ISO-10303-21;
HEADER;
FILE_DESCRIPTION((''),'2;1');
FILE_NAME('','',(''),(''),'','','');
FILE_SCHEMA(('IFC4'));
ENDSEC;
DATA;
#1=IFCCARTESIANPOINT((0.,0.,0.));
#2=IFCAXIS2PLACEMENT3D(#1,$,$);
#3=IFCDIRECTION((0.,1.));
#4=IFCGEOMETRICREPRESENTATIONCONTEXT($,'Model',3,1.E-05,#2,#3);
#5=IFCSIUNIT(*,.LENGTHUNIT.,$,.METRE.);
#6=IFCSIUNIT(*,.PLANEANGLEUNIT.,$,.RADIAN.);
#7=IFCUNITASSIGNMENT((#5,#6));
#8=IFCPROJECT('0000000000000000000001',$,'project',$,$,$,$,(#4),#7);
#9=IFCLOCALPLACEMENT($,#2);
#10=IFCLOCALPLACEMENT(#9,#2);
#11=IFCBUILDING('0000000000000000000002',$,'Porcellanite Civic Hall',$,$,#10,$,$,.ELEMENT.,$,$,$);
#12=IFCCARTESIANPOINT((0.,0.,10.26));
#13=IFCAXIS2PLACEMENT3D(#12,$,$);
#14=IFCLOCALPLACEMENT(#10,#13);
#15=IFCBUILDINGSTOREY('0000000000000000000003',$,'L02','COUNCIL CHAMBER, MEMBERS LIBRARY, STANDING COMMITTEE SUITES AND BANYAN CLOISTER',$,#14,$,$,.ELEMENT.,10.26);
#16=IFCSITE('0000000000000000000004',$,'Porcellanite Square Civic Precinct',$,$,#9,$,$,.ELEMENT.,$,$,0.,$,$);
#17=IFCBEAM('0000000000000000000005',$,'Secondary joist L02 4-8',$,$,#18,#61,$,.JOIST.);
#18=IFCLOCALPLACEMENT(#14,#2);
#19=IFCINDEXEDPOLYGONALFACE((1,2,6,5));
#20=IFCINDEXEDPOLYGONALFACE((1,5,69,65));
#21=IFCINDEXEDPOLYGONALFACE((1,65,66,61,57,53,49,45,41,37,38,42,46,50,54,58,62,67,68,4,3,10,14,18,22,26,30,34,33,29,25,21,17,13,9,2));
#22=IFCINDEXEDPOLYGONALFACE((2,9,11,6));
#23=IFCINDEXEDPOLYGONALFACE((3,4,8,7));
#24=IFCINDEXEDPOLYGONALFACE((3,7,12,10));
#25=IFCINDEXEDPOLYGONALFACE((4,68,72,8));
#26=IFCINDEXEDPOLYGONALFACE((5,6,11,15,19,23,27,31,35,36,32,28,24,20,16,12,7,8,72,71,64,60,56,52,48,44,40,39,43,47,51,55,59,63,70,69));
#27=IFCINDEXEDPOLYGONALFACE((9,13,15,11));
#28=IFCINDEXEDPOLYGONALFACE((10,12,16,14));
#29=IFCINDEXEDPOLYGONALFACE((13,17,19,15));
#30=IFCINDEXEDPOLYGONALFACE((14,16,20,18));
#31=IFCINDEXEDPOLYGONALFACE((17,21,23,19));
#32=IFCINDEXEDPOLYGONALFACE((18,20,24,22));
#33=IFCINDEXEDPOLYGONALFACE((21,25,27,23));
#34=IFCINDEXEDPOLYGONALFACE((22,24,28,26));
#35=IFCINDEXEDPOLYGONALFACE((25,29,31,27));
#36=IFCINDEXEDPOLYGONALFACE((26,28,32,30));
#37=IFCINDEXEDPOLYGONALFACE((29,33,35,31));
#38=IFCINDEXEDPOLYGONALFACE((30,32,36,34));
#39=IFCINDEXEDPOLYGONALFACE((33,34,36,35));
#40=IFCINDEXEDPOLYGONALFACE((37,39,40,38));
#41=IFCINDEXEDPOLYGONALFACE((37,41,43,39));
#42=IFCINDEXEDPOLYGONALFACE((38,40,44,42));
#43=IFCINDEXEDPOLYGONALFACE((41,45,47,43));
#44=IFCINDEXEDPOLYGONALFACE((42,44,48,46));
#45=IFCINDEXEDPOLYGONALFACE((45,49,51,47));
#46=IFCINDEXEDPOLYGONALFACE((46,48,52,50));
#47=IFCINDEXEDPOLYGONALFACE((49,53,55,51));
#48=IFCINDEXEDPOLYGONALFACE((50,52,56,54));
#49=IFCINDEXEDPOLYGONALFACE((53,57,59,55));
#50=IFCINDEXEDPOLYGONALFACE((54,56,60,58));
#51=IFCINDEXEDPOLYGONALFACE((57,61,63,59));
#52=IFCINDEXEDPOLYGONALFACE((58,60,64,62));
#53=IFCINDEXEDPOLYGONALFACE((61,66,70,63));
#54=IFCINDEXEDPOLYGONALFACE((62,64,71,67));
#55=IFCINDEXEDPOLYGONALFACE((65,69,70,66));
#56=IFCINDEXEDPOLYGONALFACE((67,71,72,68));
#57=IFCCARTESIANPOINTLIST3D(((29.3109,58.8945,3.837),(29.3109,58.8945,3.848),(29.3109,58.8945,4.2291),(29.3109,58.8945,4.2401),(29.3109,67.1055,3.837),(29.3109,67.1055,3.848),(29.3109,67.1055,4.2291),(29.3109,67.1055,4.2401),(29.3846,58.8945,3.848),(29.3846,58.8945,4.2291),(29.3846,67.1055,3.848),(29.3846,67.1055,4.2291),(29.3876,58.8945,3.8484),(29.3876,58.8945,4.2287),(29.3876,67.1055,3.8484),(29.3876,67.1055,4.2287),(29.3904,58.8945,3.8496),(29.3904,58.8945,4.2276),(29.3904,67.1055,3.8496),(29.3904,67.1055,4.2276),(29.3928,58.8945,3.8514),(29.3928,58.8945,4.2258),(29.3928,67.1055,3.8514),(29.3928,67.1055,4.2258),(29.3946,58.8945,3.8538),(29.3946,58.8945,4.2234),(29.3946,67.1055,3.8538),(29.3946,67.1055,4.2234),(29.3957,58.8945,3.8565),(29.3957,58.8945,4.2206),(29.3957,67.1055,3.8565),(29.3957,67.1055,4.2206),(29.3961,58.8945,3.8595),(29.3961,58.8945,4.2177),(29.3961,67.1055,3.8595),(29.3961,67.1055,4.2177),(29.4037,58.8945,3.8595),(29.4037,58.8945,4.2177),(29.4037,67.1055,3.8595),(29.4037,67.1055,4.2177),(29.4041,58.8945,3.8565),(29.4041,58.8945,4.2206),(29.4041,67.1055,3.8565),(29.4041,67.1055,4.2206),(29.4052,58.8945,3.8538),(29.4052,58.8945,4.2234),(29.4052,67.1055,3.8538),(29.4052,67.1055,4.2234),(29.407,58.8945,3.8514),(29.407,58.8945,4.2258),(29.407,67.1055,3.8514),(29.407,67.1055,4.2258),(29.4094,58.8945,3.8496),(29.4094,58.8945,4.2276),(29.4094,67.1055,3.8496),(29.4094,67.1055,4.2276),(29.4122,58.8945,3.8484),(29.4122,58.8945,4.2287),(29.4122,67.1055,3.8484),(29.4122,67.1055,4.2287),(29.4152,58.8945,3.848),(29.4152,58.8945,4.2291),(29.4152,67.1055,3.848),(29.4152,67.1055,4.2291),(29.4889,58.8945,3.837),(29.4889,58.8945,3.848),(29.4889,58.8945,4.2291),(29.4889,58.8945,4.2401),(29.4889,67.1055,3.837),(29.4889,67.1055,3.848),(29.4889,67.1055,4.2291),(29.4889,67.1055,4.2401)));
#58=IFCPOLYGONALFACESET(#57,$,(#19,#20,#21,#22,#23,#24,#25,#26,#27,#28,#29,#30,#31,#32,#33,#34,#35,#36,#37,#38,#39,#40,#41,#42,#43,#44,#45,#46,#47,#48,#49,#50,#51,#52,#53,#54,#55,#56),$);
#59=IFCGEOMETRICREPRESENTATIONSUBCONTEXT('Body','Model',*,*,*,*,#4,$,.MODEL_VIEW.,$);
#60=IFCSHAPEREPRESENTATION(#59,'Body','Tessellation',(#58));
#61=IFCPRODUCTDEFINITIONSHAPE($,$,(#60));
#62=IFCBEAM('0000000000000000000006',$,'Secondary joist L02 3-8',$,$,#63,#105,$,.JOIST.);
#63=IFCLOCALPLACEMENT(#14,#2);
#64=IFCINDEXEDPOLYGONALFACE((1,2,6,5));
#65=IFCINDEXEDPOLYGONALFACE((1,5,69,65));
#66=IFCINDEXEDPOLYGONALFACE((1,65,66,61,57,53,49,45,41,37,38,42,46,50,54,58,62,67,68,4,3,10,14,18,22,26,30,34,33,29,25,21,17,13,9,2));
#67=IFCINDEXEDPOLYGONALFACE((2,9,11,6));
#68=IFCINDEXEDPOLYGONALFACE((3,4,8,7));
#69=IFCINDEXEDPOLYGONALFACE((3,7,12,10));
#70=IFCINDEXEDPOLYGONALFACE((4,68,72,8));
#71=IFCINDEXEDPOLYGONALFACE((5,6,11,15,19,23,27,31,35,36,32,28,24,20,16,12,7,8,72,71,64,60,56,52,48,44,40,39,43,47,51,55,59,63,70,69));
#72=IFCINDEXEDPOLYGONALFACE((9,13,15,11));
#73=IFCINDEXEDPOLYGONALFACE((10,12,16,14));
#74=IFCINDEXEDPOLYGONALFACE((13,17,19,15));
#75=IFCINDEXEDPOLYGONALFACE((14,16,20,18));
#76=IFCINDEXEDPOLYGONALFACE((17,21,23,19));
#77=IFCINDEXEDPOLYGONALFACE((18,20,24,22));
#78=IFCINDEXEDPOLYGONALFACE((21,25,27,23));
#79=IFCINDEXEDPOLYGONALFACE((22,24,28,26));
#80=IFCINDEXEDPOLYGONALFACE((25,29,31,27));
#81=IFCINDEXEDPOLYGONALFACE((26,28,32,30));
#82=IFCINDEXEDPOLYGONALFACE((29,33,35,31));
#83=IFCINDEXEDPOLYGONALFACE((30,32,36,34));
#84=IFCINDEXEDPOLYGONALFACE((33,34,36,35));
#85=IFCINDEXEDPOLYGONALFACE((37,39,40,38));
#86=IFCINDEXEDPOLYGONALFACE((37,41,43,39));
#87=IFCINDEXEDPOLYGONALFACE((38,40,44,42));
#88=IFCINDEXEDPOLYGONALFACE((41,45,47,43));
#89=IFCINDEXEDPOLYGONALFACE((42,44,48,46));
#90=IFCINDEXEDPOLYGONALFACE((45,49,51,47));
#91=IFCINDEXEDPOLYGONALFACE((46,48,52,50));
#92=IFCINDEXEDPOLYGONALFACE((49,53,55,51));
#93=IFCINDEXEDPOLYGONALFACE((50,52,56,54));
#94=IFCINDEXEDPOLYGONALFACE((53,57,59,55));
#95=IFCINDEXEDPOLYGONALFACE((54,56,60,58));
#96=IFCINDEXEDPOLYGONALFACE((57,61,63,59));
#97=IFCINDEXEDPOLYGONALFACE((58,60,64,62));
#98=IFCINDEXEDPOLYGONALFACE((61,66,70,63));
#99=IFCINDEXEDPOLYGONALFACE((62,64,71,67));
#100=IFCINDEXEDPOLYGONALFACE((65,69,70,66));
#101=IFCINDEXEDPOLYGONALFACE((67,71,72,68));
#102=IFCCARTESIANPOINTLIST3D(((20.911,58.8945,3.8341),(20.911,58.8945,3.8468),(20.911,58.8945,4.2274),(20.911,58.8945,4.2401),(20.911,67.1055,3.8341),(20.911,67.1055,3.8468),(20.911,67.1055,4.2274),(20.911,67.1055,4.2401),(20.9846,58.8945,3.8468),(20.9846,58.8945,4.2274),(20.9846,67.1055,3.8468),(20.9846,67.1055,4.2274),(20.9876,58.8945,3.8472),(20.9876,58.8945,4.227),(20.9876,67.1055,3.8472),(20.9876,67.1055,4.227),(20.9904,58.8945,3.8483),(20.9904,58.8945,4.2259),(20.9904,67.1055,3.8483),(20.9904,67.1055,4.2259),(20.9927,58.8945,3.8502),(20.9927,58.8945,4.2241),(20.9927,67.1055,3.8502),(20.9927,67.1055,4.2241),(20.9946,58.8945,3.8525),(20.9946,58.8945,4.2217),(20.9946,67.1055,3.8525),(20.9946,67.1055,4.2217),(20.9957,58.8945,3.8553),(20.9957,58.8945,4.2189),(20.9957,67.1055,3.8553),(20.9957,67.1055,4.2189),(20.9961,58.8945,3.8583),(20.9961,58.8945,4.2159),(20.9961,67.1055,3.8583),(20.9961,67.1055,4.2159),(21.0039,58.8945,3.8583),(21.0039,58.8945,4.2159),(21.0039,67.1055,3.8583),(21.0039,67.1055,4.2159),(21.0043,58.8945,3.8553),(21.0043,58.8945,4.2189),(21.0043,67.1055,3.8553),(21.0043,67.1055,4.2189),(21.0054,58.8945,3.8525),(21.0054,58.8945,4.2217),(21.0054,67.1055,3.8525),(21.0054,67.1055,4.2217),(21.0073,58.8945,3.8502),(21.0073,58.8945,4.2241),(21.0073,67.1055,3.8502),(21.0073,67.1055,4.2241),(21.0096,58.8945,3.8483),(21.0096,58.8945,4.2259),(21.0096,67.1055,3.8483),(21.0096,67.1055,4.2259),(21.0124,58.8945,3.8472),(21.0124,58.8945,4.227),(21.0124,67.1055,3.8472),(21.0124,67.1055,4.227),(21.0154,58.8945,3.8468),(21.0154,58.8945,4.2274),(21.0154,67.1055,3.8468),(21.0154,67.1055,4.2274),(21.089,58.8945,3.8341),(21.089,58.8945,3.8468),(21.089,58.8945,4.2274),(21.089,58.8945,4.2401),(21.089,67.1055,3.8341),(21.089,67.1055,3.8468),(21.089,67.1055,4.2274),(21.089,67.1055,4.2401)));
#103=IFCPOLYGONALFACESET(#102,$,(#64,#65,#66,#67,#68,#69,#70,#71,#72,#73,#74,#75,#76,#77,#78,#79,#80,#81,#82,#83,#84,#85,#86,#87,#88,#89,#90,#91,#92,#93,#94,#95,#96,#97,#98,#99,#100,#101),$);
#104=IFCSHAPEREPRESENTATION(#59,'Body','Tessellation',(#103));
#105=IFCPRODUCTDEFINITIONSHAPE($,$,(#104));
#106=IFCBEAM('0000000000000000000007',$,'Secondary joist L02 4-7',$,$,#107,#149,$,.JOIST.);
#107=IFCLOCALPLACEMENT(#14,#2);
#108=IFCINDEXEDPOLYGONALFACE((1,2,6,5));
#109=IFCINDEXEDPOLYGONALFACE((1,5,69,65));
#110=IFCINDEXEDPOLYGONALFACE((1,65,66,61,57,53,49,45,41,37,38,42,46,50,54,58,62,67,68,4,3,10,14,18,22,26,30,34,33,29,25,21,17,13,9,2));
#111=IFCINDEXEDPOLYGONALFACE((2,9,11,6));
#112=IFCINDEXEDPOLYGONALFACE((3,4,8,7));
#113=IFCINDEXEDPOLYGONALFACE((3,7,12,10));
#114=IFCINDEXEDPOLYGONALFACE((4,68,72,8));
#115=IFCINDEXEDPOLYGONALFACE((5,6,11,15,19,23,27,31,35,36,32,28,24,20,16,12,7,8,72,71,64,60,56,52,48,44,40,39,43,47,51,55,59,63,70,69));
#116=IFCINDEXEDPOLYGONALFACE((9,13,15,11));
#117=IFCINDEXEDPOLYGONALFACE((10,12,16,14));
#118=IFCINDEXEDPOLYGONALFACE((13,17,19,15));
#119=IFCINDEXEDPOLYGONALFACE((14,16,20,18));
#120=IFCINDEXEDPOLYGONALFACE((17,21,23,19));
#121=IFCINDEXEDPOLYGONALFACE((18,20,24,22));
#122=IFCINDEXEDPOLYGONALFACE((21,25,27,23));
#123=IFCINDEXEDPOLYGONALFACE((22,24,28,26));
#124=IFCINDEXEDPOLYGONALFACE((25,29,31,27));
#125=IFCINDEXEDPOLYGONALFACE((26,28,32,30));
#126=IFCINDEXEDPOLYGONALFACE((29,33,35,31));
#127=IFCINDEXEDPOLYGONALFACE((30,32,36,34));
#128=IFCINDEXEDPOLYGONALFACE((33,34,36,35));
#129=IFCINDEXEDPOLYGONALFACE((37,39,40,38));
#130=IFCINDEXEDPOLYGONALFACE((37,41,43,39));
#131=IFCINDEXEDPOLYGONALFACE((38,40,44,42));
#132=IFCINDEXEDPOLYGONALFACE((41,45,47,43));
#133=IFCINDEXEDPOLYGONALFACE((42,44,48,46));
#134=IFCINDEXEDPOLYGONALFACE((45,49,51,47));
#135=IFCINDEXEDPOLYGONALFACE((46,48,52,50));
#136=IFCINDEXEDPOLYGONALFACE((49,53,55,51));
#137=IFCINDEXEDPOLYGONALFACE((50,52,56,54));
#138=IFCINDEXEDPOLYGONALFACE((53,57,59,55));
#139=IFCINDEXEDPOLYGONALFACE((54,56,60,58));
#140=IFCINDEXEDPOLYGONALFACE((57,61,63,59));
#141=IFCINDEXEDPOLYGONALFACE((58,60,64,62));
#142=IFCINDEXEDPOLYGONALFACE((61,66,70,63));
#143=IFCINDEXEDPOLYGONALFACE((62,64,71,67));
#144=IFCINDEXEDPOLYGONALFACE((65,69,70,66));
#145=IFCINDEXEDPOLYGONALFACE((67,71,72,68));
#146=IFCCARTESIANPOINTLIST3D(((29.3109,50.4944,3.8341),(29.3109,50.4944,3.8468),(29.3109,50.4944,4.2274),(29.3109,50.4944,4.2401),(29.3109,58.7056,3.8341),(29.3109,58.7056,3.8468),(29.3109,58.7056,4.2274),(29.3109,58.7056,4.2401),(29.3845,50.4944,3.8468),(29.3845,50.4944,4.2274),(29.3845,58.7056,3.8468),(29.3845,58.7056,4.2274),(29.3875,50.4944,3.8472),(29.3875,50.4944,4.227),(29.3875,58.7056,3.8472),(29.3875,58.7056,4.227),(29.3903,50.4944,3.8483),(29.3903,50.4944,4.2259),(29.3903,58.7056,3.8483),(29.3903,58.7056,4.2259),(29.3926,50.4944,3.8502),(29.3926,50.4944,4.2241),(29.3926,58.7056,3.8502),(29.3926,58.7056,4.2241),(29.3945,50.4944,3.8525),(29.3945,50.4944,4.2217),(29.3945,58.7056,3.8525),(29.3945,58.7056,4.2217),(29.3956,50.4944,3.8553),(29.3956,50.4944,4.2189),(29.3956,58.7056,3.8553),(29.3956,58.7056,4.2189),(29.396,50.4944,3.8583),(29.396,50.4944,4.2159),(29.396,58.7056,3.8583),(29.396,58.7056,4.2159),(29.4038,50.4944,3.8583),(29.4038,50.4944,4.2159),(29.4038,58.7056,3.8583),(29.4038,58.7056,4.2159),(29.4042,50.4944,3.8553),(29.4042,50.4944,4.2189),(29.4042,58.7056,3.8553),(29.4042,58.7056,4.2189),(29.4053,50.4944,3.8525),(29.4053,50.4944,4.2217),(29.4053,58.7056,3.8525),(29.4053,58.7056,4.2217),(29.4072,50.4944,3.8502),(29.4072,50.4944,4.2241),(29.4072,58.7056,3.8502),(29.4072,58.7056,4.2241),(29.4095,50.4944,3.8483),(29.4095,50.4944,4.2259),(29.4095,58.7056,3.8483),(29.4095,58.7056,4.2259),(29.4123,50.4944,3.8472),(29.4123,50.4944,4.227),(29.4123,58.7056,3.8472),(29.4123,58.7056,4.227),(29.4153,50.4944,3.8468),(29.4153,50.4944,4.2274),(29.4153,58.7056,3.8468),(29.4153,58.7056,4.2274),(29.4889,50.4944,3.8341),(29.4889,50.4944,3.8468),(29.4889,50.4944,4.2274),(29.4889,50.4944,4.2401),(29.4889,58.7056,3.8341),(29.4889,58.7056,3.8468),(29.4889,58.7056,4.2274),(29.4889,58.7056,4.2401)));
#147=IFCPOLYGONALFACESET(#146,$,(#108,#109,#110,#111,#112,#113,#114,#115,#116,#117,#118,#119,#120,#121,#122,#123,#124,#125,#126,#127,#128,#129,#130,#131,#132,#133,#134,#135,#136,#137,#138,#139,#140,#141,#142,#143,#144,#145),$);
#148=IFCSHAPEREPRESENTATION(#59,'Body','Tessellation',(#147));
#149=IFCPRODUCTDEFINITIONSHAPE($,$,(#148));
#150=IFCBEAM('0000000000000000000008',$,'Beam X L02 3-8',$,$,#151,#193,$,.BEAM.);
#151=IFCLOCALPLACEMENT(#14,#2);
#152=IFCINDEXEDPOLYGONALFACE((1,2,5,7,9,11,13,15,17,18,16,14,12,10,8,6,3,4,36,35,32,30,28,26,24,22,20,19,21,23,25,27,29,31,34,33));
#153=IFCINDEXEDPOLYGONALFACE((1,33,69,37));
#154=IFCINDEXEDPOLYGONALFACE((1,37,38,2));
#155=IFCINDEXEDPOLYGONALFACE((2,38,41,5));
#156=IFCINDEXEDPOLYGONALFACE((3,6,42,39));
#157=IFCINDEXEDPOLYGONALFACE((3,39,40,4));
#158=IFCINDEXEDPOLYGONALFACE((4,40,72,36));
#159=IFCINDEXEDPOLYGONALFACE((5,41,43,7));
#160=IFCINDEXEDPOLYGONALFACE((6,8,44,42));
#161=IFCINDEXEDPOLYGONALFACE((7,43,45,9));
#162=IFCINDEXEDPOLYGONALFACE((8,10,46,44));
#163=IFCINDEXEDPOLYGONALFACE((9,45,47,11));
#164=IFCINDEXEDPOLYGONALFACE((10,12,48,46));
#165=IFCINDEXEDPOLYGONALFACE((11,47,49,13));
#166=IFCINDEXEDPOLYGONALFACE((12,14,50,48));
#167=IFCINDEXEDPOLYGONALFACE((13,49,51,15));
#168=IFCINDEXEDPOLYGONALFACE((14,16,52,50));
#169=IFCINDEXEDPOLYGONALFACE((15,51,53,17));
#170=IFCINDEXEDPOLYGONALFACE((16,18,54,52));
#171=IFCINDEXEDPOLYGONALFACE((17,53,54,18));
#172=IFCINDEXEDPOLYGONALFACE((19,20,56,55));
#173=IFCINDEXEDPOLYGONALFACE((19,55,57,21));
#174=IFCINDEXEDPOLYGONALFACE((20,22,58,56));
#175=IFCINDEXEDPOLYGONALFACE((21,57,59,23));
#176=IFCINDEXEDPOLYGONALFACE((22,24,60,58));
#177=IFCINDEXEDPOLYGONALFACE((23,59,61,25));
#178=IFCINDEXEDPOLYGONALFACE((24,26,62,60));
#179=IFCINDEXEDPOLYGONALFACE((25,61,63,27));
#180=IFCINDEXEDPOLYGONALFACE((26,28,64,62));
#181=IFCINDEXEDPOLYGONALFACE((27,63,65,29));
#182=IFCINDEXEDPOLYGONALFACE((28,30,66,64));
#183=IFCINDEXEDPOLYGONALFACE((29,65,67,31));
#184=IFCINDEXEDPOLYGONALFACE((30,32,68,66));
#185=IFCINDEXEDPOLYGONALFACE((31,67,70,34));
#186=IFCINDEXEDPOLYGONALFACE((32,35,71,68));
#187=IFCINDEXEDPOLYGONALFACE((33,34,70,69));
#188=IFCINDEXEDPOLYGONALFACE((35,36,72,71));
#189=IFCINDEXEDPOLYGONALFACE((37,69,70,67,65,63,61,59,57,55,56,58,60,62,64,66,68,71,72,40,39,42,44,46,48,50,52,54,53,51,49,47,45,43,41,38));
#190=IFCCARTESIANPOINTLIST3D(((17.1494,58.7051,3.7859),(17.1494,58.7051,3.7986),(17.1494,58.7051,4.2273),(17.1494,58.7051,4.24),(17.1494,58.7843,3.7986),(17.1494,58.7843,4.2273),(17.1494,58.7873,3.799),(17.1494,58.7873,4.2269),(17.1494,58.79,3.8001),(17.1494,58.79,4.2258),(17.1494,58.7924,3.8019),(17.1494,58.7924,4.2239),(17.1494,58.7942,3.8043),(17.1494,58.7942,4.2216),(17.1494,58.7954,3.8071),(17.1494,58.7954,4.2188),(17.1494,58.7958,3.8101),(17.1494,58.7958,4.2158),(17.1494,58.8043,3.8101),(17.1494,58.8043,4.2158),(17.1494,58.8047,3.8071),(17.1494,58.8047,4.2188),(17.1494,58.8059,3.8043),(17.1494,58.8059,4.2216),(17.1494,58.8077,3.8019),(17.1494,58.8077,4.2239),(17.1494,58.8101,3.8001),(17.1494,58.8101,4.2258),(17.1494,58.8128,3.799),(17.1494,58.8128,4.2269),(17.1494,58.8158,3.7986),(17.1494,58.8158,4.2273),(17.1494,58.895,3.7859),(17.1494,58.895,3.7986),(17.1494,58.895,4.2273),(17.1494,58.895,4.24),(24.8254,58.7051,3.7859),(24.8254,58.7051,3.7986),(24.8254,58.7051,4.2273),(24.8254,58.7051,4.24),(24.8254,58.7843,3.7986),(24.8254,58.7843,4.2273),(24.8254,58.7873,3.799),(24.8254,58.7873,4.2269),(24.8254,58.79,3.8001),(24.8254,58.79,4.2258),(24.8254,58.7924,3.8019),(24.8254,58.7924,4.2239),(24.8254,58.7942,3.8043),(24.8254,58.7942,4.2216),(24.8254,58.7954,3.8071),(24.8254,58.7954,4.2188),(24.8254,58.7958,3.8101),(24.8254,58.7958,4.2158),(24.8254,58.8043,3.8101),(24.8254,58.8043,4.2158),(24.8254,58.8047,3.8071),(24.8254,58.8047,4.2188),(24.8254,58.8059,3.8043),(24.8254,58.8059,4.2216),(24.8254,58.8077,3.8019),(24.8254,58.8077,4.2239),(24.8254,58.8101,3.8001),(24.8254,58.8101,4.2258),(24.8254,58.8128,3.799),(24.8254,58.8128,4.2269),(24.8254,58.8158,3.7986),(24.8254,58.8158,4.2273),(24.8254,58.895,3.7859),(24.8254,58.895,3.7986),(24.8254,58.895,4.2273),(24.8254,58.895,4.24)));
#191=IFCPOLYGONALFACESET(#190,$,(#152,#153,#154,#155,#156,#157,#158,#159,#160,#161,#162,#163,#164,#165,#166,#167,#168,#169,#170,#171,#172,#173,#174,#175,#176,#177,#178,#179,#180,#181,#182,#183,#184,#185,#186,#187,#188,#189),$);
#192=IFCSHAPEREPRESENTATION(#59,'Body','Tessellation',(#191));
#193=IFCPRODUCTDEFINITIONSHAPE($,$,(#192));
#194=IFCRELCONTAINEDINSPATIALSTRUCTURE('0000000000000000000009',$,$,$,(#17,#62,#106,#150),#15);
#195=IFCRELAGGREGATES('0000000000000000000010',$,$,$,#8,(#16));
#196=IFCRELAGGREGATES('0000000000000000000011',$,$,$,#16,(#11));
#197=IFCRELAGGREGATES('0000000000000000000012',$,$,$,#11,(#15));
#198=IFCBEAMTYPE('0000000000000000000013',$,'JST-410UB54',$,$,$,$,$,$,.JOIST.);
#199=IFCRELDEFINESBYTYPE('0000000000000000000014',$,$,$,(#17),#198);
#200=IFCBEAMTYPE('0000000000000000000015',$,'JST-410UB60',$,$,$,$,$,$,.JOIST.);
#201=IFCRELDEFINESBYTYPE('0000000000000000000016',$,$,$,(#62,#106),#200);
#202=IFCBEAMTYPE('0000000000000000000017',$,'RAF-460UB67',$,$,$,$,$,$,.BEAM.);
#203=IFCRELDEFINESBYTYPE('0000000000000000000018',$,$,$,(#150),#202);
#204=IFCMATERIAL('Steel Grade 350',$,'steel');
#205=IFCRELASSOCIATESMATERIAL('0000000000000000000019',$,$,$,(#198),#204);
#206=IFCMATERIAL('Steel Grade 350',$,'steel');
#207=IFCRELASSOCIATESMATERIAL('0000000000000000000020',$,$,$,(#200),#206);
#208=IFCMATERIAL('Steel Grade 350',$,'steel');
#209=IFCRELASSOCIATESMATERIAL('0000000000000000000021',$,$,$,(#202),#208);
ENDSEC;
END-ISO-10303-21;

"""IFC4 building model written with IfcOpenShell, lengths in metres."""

from ifc_helpers import new_model, si_unit, direction, frame, origin, origin_2d, place, context, subcontext, project, spatial, i_section, extrude, material, material_profile, profile_set, type_object, element, save


model = new_model("IFC4")

# Units and contexts
model_context = context("Model", 3, precision=1e-05, world=origin(), true_north=direction((0.0, 1.0)))
body_context = subcontext(model_context, "Body", "Model", "MODEL_VIEW")
ifc_project = project(units=[si_unit("LENGTHUNIT", "METRE"), si_unit("PLANEANGLEUNIT", "RADIAN")], contexts=[model_context])

# Site, building, storey
site_placement = place(None, origin())
site = spatial("IfcSite", under=ifc_project, at=site_placement, Name="Porcellanite Square Civic Precinct", CompositionType="ELEMENT", RefElevation=0.0)
building_placement = place(site_placement, origin())
building = spatial("IfcBuilding", under=site, at=building_placement, Name="Porcellanite Civic Hall", CompositionType="ELEMENT")
storey_placement = place(building_placement, frame((0.0, 0.0, 10.26)))
storey = spatial("IfcBuildingStorey", under=building, at=storey_placement, Name="L02", Description="COUNCIL CHAMBER, MEMBERS LIBRARY, STANDING COMMITTEE SUITES AND BANYAN CLOISTER", CompositionType="ELEMENT", Elevation=10.26)

# Beams
ifc_material_1 = material(Name="Steel Grade 350", Category="steel")
ifc_material_profile_1 = material_profile(ifc_material_1, i_section(OverallWidth=0.178, OverallDepth=0.4031, WebThickness=0.0076, FlangeThickness=0.011, FilletRadius=0.0115, at=origin_2d()), Name="410UB53.7")
ifc_profile_set_1 = profile_set([ifc_material_profile_1], Name="Steel Grade 350")
beam_type_1 = type_object("IfcBeamType", Name="JST-410UB54", PredefinedType="JOIST", material=ifc_profile_set_1)
beam_1_placement = place(storey_placement, frame((29.3999, 58.8945, 4.0386), z_axis=(0.0, 1.0, 0.0), x_axis=(-1.0, 0.0, 0.0)))
element("IfcBeam", 1, at=beam_1_placement, inside=storey, type_object=beam_type_1, Name="Secondary joist L02 4-8", PredefinedType="JOIST", context=body_context, shape_type="SweptSolid", body=[
    extrude(i_section(OverallWidth=0.178, OverallDepth=0.4031, WebThickness=0.0076, FlangeThickness=0.011, FilletRadius=0.0115, at=origin_2d()), origin(), (0.0, 0.0, 1.0), 8.2109),
])
ifc_material_2 = material(Name="Steel Grade 350", Category="steel")
ifc_material_profile_2 = material_profile(ifc_material_2, i_section(OverallWidth=0.178, OverallDepth=0.406, WebThickness=0.0078, FlangeThickness=0.0127, FilletRadius=0.0115, at=origin_2d()), Name="410UB59.7")
ifc_profile_set_2 = profile_set([ifc_material_profile_2], Name="Steel Grade 350")
beam_type_2 = type_object("IfcBeamType", Name="JST-410UB60", PredefinedType="JOIST", material=ifc_profile_set_2)
beam_2_placement = place(storey_placement, frame((21.0, 58.8945, 4.0371), z_axis=(0.0, 1.0, 0.0), x_axis=(-1.0, 0.0, 0.0)))
element("IfcBeam", 2, at=beam_2_placement, inside=storey, type_object=beam_type_2, Name="Secondary joist L02 3-8", PredefinedType="JOIST", context=body_context, shape_type="SweptSolid", body=[
    extrude(i_section(OverallWidth=0.178, OverallDepth=0.406, WebThickness=0.0078, FlangeThickness=0.0127, FilletRadius=0.0115, at=origin_2d()), origin(), (0.0, 0.0, 1.0), 8.2109),
])
beam_3_placement = place(storey_placement, frame((29.3999, 50.4944, 4.0371), z_axis=(0.0, 1.0, 0.0), x_axis=(-1.0, 0.0, 0.0)))
element("IfcBeam", 3, at=beam_3_placement, inside=storey, type_object=beam_type_2, Name="Secondary joist L02 4-7", PredefinedType="JOIST", context=body_context, shape_type="SweptSolid", body=[
    extrude(i_section(OverallWidth=0.178, OverallDepth=0.406, WebThickness=0.0078, FlangeThickness=0.0127, FilletRadius=0.0115, at=origin_2d()), origin(), (0.0, 0.0, 1.0), 8.2112),
])
ifc_material_3 = material(Name="Steel Grade 350", Category="steel")
ifc_material_profile_3 = material_profile(ifc_material_3, i_section(OverallWidth=0.1899, OverallDepth=0.4541, WebThickness=0.0085, FlangeThickness=0.0127, FilletRadius=0.0115, at=origin_2d()), Name="460UB67.1")
ifc_profile_set_3 = profile_set([ifc_material_profile_3], Name="Steel Grade 350")
beam_type_3 = type_object("IfcBeamType", Name="RAF-460UB67", PredefinedType="BEAM", material=ifc_profile_set_3)
for number, where, z_axis, x_axis, name in (
    (4, (17.1494, 58.8, 4.0129), (1.0, 0.0, 0.0), (0.0, 1.0, 0.0), "Beam X L02 3-8"),
):
    element("IfcBeam", number, at=place(storey_placement, frame(where, z_axis=z_axis, x_axis=x_axis)), inside=storey, type_object=beam_type_3, Name=name, PredefinedType="BEAM", context=body_context, shape_type="SweptSolid", body=[
        extrude(i_section(OverallWidth=0.1899, OverallDepth=0.4541, WebThickness=0.0085, FlangeThickness=0.0127, FilletRadius=0.0115, at=origin_2d()), origin(), (0.0, 0.0, 1.0), 7.676),
    ])

save(model, "model.ifc")
